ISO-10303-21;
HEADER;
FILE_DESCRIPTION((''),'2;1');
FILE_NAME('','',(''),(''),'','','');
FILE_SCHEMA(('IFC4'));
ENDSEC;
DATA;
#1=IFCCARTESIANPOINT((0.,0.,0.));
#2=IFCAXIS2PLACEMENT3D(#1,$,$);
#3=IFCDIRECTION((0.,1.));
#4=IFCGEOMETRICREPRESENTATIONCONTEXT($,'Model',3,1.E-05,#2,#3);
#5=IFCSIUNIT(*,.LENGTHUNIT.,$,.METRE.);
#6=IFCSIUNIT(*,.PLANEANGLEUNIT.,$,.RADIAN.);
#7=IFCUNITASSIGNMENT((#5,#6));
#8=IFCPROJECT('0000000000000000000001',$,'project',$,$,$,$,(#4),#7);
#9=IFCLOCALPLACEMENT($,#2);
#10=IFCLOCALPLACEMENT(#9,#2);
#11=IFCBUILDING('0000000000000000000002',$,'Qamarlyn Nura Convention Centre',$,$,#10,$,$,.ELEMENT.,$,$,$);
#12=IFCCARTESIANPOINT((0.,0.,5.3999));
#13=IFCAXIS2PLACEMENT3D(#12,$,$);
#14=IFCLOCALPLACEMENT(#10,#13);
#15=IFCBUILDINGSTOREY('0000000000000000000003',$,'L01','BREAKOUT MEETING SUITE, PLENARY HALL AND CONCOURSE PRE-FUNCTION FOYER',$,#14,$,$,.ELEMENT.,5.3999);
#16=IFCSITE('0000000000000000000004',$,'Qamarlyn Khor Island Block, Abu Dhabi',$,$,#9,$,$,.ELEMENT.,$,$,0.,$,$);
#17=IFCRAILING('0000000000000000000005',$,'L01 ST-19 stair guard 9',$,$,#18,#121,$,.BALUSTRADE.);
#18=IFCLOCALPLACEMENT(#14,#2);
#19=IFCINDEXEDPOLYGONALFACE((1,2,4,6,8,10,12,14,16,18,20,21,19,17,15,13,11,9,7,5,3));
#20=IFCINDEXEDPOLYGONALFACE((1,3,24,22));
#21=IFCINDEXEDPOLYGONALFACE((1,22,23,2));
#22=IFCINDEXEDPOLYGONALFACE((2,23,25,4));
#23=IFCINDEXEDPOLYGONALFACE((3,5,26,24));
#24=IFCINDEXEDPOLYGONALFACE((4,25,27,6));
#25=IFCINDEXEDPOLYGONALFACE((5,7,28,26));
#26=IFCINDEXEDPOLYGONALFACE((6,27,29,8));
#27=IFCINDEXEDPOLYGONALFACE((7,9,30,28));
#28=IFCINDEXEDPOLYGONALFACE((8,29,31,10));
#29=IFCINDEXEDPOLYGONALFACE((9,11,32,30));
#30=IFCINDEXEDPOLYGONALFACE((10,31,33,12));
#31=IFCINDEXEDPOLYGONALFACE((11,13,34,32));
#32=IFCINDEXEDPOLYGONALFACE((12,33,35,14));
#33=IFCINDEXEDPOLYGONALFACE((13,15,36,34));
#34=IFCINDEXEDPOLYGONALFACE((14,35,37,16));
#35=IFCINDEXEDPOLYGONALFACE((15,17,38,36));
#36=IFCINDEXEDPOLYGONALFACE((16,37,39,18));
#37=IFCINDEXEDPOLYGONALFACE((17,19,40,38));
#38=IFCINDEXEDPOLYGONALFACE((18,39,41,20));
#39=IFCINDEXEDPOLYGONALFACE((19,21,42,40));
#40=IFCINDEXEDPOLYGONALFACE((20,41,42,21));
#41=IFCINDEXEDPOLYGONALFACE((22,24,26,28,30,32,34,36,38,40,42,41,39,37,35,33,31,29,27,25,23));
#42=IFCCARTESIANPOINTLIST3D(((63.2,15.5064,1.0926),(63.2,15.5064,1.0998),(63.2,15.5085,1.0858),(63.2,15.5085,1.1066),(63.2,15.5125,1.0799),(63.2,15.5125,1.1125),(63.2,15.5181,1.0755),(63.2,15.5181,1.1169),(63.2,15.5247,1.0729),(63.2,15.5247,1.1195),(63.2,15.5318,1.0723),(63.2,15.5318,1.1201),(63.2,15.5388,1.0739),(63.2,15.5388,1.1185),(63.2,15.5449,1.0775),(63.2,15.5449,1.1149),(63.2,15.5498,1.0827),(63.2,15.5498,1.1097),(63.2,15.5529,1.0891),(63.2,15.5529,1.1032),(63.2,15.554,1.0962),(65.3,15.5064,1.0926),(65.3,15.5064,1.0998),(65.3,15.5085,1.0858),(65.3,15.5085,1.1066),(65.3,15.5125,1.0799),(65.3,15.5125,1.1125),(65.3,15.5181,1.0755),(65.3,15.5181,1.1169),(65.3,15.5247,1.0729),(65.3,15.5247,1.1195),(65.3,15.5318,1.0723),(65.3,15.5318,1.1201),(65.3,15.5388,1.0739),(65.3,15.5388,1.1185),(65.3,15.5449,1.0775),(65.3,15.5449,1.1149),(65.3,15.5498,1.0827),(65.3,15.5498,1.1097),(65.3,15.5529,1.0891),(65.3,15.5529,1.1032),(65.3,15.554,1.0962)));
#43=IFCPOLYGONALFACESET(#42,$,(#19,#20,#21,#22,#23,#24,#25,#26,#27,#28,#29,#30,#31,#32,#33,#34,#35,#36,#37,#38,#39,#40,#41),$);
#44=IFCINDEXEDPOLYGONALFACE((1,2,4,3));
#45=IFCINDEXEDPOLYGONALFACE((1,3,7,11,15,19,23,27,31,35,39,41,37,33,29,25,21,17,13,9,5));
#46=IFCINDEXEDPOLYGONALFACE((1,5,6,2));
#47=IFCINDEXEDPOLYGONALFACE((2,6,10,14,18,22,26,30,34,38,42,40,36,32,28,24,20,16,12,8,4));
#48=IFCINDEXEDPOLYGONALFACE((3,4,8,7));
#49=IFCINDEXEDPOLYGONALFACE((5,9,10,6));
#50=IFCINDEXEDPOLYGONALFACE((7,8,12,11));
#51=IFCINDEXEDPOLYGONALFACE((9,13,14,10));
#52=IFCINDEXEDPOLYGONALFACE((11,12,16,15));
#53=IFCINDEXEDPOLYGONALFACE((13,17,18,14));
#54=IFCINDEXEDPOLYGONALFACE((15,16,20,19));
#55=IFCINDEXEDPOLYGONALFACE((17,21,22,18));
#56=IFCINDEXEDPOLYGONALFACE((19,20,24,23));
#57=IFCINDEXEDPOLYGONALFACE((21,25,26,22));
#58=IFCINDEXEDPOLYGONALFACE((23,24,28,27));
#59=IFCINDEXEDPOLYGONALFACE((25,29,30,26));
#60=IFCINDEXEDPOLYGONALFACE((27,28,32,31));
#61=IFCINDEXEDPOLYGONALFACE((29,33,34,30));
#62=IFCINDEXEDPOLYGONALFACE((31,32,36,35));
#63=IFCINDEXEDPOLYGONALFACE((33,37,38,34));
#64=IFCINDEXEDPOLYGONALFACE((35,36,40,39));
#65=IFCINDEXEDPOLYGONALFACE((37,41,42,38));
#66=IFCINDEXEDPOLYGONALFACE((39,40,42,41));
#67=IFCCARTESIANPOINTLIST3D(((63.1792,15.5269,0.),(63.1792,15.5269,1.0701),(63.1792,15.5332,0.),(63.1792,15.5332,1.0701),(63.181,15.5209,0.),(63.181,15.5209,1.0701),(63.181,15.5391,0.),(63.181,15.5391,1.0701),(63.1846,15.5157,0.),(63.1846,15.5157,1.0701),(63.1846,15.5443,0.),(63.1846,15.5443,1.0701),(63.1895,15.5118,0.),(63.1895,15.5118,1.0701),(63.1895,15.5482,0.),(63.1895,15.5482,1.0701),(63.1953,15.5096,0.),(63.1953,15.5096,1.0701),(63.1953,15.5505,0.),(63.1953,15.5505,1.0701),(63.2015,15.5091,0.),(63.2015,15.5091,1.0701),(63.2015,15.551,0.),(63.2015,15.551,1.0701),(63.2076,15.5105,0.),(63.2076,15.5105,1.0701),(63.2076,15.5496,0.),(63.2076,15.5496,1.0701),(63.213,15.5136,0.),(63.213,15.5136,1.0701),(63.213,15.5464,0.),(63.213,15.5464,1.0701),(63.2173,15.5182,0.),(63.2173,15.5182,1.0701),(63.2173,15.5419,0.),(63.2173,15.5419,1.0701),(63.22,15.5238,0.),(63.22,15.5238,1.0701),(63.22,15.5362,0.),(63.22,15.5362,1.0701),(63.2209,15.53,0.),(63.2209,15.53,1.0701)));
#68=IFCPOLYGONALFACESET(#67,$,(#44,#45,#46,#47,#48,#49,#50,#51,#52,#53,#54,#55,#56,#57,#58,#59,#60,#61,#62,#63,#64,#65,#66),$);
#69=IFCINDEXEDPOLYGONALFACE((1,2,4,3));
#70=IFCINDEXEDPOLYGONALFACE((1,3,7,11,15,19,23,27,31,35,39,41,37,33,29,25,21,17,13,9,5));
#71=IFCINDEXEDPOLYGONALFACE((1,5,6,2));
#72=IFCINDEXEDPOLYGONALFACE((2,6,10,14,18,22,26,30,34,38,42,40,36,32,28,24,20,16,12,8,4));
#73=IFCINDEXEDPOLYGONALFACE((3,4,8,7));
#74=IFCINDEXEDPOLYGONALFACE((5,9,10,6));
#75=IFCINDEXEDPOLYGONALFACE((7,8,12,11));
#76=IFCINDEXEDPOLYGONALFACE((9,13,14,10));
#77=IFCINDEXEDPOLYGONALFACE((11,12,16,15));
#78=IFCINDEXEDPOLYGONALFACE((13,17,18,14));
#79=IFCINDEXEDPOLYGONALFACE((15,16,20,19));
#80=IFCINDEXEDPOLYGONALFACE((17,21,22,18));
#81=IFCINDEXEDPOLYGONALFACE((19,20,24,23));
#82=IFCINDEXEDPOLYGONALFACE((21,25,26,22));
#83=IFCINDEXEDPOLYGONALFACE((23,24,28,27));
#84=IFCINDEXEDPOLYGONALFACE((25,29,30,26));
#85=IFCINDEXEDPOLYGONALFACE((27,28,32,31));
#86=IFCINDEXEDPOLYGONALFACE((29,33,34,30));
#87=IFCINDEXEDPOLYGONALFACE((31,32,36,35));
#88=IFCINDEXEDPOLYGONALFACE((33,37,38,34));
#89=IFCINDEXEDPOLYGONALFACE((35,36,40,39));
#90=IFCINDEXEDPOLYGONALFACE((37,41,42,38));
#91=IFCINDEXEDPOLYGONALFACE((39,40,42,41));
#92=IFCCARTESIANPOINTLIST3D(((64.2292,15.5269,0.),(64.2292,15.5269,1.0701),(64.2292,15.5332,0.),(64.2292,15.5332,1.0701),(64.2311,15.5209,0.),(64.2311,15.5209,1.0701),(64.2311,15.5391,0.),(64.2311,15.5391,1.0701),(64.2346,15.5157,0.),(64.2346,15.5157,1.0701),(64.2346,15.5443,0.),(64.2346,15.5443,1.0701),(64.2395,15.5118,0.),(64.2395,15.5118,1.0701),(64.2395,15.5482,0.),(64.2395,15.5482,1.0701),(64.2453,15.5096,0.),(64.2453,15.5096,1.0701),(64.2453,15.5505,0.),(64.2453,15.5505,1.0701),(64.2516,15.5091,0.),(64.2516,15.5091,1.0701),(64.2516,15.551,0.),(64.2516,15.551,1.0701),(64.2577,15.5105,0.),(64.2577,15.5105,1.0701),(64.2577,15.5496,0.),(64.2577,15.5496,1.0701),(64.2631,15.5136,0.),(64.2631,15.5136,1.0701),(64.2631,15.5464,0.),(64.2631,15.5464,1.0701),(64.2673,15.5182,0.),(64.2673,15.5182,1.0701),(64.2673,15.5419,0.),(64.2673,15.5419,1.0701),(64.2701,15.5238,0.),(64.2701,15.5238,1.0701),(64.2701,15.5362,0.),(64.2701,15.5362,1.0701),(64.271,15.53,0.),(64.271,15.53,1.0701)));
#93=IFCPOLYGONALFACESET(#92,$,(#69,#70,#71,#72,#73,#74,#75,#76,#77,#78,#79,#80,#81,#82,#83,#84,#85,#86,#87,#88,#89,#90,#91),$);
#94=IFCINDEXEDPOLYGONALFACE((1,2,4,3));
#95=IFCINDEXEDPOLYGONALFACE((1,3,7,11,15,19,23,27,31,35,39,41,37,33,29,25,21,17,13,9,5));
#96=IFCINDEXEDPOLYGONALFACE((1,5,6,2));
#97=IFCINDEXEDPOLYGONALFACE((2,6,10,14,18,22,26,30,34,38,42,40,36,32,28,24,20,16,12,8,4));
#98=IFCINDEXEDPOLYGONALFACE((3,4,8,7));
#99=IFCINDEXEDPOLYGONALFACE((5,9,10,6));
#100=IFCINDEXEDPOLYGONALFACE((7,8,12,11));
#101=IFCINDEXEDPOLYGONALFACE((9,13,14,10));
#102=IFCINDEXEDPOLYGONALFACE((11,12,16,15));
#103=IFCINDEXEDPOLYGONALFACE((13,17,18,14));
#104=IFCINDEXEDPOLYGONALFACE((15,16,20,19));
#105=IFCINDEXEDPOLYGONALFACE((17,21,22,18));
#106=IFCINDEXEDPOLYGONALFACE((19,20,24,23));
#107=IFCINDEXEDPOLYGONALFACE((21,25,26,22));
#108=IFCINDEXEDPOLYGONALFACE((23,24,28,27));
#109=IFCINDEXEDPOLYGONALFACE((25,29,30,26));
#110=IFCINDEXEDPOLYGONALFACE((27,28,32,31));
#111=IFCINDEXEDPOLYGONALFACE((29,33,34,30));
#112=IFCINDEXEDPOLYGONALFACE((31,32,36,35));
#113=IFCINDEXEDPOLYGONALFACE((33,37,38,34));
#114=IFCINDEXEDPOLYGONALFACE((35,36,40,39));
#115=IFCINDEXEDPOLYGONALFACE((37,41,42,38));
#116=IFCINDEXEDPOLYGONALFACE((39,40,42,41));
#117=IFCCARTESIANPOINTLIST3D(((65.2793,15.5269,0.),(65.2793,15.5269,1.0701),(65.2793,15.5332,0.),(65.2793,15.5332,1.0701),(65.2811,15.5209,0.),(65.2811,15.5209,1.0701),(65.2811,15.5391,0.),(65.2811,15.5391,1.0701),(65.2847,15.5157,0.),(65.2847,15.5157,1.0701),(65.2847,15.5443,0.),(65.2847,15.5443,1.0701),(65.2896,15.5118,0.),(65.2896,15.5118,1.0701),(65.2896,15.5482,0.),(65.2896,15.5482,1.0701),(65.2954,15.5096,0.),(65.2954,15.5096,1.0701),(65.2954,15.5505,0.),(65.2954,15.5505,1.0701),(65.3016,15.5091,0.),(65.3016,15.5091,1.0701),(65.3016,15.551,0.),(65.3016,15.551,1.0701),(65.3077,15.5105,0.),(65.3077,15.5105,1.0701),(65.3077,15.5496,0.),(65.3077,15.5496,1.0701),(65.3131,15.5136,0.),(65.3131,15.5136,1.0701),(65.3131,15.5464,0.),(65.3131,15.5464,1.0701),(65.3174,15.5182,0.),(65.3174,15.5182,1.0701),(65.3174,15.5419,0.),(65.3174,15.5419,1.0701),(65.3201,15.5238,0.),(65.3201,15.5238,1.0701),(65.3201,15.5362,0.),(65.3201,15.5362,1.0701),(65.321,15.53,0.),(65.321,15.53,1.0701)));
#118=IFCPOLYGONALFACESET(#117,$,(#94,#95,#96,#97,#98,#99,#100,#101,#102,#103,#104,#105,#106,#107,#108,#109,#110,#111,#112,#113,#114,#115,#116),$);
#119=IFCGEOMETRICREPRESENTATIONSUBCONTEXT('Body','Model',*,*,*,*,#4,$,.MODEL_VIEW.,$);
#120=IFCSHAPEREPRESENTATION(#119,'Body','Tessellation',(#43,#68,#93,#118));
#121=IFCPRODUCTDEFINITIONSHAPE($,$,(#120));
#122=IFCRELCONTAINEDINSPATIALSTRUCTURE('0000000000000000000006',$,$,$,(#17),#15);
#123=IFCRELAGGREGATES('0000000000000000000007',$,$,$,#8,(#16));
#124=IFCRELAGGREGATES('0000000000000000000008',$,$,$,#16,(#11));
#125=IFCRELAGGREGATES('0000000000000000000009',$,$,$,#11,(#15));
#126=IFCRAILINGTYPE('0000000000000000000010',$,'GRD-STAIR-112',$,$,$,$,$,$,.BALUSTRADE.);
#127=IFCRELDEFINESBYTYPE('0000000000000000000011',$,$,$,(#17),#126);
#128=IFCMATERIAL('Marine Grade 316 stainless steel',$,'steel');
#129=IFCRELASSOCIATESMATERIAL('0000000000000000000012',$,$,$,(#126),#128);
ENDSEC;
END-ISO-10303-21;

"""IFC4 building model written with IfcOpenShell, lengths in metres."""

from ifc_helpers import new_model, si_unit, direction, frame, origin, origin_2d, place, context, subcontext, project, spatial, circle, extrude, material, type_object, element, save


model = new_model("IFC4")

# Units and contexts
model_context = context("Model", 3, precision=1e-05, world=origin(), true_north=direction((0.0, 1.0)))
body_context = subcontext(model_context, "Body", "Model", "MODEL_VIEW")
ifc_project = project(units=[si_unit("LENGTHUNIT", "METRE"), si_unit("PLANEANGLEUNIT", "RADIAN")], contexts=[model_context])

# Site, building, storey
site_placement = place(None, origin())
site = spatial("IfcSite", under=ifc_project, at=site_placement, Name="Qamarlyn Khor Island Block, Abu Dhabi", CompositionType="ELEMENT", RefElevation=0.0)
building_placement = place(site_placement, origin())
building = spatial("IfcBuilding", under=site, at=building_placement, Name="Qamarlyn Nura Convention Centre", CompositionType="ELEMENT")
storey_placement = place(building_placement, frame((0.0, 0.0, 5.3999)))
storey = spatial("IfcBuildingStorey", under=building, at=storey_placement, Name="L01", Description="BREAKOUT MEETING SUITE, PLENARY HALL AND CONCOURSE PRE-FUNCTION FOYER", CompositionType="ELEMENT", Elevation=5.3999)

# Railing
ifc_material_1 = material(Name="Marine Grade 316 stainless steel", Category="steel")
railing_type_1 = type_object("IfcRailingType", Name="GRD-STAIR-112", PredefinedType="BALUSTRADE", material=ifc_material_1)
for number, where, name in (
    (1, (63.2, 15.53, 0.0), "L01 ST-19 stair guard 9"),
):
    element("IfcRailing", number, at=place(storey_placement, frame(where)), inside=storey, type_object=railing_type_1, Name=name, PredefinedType="BALUSTRADE", context=body_context, shape_type="SweptSolid", body=[
        extrude(circle(Radius=0.0239, at=origin_2d()), frame((0.0, 0.0, 1.0962), z_axis=(1.0, 0.0, 0.0), x_axis=(0.0, 1.0, 0.0)), (0.0, 0.0, 1.0), 2.1001),
        extrude(circle(Radius=0.021, at=origin_2d()), origin(), (0.0, 0.0, 1.0), 1.0701),
        extrude(circle(Radius=0.021, at=origin_2d()), frame((1.05, 0.0, 0.0)), (0.0, 0.0, 1.0), 1.0701),
        extrude(circle(Radius=0.021, at=origin_2d()), frame((2.1001, 0.0, 0.0)), (0.0, 0.0, 1.0), 1.0701),
    ])

save(model, "model.ifc")
